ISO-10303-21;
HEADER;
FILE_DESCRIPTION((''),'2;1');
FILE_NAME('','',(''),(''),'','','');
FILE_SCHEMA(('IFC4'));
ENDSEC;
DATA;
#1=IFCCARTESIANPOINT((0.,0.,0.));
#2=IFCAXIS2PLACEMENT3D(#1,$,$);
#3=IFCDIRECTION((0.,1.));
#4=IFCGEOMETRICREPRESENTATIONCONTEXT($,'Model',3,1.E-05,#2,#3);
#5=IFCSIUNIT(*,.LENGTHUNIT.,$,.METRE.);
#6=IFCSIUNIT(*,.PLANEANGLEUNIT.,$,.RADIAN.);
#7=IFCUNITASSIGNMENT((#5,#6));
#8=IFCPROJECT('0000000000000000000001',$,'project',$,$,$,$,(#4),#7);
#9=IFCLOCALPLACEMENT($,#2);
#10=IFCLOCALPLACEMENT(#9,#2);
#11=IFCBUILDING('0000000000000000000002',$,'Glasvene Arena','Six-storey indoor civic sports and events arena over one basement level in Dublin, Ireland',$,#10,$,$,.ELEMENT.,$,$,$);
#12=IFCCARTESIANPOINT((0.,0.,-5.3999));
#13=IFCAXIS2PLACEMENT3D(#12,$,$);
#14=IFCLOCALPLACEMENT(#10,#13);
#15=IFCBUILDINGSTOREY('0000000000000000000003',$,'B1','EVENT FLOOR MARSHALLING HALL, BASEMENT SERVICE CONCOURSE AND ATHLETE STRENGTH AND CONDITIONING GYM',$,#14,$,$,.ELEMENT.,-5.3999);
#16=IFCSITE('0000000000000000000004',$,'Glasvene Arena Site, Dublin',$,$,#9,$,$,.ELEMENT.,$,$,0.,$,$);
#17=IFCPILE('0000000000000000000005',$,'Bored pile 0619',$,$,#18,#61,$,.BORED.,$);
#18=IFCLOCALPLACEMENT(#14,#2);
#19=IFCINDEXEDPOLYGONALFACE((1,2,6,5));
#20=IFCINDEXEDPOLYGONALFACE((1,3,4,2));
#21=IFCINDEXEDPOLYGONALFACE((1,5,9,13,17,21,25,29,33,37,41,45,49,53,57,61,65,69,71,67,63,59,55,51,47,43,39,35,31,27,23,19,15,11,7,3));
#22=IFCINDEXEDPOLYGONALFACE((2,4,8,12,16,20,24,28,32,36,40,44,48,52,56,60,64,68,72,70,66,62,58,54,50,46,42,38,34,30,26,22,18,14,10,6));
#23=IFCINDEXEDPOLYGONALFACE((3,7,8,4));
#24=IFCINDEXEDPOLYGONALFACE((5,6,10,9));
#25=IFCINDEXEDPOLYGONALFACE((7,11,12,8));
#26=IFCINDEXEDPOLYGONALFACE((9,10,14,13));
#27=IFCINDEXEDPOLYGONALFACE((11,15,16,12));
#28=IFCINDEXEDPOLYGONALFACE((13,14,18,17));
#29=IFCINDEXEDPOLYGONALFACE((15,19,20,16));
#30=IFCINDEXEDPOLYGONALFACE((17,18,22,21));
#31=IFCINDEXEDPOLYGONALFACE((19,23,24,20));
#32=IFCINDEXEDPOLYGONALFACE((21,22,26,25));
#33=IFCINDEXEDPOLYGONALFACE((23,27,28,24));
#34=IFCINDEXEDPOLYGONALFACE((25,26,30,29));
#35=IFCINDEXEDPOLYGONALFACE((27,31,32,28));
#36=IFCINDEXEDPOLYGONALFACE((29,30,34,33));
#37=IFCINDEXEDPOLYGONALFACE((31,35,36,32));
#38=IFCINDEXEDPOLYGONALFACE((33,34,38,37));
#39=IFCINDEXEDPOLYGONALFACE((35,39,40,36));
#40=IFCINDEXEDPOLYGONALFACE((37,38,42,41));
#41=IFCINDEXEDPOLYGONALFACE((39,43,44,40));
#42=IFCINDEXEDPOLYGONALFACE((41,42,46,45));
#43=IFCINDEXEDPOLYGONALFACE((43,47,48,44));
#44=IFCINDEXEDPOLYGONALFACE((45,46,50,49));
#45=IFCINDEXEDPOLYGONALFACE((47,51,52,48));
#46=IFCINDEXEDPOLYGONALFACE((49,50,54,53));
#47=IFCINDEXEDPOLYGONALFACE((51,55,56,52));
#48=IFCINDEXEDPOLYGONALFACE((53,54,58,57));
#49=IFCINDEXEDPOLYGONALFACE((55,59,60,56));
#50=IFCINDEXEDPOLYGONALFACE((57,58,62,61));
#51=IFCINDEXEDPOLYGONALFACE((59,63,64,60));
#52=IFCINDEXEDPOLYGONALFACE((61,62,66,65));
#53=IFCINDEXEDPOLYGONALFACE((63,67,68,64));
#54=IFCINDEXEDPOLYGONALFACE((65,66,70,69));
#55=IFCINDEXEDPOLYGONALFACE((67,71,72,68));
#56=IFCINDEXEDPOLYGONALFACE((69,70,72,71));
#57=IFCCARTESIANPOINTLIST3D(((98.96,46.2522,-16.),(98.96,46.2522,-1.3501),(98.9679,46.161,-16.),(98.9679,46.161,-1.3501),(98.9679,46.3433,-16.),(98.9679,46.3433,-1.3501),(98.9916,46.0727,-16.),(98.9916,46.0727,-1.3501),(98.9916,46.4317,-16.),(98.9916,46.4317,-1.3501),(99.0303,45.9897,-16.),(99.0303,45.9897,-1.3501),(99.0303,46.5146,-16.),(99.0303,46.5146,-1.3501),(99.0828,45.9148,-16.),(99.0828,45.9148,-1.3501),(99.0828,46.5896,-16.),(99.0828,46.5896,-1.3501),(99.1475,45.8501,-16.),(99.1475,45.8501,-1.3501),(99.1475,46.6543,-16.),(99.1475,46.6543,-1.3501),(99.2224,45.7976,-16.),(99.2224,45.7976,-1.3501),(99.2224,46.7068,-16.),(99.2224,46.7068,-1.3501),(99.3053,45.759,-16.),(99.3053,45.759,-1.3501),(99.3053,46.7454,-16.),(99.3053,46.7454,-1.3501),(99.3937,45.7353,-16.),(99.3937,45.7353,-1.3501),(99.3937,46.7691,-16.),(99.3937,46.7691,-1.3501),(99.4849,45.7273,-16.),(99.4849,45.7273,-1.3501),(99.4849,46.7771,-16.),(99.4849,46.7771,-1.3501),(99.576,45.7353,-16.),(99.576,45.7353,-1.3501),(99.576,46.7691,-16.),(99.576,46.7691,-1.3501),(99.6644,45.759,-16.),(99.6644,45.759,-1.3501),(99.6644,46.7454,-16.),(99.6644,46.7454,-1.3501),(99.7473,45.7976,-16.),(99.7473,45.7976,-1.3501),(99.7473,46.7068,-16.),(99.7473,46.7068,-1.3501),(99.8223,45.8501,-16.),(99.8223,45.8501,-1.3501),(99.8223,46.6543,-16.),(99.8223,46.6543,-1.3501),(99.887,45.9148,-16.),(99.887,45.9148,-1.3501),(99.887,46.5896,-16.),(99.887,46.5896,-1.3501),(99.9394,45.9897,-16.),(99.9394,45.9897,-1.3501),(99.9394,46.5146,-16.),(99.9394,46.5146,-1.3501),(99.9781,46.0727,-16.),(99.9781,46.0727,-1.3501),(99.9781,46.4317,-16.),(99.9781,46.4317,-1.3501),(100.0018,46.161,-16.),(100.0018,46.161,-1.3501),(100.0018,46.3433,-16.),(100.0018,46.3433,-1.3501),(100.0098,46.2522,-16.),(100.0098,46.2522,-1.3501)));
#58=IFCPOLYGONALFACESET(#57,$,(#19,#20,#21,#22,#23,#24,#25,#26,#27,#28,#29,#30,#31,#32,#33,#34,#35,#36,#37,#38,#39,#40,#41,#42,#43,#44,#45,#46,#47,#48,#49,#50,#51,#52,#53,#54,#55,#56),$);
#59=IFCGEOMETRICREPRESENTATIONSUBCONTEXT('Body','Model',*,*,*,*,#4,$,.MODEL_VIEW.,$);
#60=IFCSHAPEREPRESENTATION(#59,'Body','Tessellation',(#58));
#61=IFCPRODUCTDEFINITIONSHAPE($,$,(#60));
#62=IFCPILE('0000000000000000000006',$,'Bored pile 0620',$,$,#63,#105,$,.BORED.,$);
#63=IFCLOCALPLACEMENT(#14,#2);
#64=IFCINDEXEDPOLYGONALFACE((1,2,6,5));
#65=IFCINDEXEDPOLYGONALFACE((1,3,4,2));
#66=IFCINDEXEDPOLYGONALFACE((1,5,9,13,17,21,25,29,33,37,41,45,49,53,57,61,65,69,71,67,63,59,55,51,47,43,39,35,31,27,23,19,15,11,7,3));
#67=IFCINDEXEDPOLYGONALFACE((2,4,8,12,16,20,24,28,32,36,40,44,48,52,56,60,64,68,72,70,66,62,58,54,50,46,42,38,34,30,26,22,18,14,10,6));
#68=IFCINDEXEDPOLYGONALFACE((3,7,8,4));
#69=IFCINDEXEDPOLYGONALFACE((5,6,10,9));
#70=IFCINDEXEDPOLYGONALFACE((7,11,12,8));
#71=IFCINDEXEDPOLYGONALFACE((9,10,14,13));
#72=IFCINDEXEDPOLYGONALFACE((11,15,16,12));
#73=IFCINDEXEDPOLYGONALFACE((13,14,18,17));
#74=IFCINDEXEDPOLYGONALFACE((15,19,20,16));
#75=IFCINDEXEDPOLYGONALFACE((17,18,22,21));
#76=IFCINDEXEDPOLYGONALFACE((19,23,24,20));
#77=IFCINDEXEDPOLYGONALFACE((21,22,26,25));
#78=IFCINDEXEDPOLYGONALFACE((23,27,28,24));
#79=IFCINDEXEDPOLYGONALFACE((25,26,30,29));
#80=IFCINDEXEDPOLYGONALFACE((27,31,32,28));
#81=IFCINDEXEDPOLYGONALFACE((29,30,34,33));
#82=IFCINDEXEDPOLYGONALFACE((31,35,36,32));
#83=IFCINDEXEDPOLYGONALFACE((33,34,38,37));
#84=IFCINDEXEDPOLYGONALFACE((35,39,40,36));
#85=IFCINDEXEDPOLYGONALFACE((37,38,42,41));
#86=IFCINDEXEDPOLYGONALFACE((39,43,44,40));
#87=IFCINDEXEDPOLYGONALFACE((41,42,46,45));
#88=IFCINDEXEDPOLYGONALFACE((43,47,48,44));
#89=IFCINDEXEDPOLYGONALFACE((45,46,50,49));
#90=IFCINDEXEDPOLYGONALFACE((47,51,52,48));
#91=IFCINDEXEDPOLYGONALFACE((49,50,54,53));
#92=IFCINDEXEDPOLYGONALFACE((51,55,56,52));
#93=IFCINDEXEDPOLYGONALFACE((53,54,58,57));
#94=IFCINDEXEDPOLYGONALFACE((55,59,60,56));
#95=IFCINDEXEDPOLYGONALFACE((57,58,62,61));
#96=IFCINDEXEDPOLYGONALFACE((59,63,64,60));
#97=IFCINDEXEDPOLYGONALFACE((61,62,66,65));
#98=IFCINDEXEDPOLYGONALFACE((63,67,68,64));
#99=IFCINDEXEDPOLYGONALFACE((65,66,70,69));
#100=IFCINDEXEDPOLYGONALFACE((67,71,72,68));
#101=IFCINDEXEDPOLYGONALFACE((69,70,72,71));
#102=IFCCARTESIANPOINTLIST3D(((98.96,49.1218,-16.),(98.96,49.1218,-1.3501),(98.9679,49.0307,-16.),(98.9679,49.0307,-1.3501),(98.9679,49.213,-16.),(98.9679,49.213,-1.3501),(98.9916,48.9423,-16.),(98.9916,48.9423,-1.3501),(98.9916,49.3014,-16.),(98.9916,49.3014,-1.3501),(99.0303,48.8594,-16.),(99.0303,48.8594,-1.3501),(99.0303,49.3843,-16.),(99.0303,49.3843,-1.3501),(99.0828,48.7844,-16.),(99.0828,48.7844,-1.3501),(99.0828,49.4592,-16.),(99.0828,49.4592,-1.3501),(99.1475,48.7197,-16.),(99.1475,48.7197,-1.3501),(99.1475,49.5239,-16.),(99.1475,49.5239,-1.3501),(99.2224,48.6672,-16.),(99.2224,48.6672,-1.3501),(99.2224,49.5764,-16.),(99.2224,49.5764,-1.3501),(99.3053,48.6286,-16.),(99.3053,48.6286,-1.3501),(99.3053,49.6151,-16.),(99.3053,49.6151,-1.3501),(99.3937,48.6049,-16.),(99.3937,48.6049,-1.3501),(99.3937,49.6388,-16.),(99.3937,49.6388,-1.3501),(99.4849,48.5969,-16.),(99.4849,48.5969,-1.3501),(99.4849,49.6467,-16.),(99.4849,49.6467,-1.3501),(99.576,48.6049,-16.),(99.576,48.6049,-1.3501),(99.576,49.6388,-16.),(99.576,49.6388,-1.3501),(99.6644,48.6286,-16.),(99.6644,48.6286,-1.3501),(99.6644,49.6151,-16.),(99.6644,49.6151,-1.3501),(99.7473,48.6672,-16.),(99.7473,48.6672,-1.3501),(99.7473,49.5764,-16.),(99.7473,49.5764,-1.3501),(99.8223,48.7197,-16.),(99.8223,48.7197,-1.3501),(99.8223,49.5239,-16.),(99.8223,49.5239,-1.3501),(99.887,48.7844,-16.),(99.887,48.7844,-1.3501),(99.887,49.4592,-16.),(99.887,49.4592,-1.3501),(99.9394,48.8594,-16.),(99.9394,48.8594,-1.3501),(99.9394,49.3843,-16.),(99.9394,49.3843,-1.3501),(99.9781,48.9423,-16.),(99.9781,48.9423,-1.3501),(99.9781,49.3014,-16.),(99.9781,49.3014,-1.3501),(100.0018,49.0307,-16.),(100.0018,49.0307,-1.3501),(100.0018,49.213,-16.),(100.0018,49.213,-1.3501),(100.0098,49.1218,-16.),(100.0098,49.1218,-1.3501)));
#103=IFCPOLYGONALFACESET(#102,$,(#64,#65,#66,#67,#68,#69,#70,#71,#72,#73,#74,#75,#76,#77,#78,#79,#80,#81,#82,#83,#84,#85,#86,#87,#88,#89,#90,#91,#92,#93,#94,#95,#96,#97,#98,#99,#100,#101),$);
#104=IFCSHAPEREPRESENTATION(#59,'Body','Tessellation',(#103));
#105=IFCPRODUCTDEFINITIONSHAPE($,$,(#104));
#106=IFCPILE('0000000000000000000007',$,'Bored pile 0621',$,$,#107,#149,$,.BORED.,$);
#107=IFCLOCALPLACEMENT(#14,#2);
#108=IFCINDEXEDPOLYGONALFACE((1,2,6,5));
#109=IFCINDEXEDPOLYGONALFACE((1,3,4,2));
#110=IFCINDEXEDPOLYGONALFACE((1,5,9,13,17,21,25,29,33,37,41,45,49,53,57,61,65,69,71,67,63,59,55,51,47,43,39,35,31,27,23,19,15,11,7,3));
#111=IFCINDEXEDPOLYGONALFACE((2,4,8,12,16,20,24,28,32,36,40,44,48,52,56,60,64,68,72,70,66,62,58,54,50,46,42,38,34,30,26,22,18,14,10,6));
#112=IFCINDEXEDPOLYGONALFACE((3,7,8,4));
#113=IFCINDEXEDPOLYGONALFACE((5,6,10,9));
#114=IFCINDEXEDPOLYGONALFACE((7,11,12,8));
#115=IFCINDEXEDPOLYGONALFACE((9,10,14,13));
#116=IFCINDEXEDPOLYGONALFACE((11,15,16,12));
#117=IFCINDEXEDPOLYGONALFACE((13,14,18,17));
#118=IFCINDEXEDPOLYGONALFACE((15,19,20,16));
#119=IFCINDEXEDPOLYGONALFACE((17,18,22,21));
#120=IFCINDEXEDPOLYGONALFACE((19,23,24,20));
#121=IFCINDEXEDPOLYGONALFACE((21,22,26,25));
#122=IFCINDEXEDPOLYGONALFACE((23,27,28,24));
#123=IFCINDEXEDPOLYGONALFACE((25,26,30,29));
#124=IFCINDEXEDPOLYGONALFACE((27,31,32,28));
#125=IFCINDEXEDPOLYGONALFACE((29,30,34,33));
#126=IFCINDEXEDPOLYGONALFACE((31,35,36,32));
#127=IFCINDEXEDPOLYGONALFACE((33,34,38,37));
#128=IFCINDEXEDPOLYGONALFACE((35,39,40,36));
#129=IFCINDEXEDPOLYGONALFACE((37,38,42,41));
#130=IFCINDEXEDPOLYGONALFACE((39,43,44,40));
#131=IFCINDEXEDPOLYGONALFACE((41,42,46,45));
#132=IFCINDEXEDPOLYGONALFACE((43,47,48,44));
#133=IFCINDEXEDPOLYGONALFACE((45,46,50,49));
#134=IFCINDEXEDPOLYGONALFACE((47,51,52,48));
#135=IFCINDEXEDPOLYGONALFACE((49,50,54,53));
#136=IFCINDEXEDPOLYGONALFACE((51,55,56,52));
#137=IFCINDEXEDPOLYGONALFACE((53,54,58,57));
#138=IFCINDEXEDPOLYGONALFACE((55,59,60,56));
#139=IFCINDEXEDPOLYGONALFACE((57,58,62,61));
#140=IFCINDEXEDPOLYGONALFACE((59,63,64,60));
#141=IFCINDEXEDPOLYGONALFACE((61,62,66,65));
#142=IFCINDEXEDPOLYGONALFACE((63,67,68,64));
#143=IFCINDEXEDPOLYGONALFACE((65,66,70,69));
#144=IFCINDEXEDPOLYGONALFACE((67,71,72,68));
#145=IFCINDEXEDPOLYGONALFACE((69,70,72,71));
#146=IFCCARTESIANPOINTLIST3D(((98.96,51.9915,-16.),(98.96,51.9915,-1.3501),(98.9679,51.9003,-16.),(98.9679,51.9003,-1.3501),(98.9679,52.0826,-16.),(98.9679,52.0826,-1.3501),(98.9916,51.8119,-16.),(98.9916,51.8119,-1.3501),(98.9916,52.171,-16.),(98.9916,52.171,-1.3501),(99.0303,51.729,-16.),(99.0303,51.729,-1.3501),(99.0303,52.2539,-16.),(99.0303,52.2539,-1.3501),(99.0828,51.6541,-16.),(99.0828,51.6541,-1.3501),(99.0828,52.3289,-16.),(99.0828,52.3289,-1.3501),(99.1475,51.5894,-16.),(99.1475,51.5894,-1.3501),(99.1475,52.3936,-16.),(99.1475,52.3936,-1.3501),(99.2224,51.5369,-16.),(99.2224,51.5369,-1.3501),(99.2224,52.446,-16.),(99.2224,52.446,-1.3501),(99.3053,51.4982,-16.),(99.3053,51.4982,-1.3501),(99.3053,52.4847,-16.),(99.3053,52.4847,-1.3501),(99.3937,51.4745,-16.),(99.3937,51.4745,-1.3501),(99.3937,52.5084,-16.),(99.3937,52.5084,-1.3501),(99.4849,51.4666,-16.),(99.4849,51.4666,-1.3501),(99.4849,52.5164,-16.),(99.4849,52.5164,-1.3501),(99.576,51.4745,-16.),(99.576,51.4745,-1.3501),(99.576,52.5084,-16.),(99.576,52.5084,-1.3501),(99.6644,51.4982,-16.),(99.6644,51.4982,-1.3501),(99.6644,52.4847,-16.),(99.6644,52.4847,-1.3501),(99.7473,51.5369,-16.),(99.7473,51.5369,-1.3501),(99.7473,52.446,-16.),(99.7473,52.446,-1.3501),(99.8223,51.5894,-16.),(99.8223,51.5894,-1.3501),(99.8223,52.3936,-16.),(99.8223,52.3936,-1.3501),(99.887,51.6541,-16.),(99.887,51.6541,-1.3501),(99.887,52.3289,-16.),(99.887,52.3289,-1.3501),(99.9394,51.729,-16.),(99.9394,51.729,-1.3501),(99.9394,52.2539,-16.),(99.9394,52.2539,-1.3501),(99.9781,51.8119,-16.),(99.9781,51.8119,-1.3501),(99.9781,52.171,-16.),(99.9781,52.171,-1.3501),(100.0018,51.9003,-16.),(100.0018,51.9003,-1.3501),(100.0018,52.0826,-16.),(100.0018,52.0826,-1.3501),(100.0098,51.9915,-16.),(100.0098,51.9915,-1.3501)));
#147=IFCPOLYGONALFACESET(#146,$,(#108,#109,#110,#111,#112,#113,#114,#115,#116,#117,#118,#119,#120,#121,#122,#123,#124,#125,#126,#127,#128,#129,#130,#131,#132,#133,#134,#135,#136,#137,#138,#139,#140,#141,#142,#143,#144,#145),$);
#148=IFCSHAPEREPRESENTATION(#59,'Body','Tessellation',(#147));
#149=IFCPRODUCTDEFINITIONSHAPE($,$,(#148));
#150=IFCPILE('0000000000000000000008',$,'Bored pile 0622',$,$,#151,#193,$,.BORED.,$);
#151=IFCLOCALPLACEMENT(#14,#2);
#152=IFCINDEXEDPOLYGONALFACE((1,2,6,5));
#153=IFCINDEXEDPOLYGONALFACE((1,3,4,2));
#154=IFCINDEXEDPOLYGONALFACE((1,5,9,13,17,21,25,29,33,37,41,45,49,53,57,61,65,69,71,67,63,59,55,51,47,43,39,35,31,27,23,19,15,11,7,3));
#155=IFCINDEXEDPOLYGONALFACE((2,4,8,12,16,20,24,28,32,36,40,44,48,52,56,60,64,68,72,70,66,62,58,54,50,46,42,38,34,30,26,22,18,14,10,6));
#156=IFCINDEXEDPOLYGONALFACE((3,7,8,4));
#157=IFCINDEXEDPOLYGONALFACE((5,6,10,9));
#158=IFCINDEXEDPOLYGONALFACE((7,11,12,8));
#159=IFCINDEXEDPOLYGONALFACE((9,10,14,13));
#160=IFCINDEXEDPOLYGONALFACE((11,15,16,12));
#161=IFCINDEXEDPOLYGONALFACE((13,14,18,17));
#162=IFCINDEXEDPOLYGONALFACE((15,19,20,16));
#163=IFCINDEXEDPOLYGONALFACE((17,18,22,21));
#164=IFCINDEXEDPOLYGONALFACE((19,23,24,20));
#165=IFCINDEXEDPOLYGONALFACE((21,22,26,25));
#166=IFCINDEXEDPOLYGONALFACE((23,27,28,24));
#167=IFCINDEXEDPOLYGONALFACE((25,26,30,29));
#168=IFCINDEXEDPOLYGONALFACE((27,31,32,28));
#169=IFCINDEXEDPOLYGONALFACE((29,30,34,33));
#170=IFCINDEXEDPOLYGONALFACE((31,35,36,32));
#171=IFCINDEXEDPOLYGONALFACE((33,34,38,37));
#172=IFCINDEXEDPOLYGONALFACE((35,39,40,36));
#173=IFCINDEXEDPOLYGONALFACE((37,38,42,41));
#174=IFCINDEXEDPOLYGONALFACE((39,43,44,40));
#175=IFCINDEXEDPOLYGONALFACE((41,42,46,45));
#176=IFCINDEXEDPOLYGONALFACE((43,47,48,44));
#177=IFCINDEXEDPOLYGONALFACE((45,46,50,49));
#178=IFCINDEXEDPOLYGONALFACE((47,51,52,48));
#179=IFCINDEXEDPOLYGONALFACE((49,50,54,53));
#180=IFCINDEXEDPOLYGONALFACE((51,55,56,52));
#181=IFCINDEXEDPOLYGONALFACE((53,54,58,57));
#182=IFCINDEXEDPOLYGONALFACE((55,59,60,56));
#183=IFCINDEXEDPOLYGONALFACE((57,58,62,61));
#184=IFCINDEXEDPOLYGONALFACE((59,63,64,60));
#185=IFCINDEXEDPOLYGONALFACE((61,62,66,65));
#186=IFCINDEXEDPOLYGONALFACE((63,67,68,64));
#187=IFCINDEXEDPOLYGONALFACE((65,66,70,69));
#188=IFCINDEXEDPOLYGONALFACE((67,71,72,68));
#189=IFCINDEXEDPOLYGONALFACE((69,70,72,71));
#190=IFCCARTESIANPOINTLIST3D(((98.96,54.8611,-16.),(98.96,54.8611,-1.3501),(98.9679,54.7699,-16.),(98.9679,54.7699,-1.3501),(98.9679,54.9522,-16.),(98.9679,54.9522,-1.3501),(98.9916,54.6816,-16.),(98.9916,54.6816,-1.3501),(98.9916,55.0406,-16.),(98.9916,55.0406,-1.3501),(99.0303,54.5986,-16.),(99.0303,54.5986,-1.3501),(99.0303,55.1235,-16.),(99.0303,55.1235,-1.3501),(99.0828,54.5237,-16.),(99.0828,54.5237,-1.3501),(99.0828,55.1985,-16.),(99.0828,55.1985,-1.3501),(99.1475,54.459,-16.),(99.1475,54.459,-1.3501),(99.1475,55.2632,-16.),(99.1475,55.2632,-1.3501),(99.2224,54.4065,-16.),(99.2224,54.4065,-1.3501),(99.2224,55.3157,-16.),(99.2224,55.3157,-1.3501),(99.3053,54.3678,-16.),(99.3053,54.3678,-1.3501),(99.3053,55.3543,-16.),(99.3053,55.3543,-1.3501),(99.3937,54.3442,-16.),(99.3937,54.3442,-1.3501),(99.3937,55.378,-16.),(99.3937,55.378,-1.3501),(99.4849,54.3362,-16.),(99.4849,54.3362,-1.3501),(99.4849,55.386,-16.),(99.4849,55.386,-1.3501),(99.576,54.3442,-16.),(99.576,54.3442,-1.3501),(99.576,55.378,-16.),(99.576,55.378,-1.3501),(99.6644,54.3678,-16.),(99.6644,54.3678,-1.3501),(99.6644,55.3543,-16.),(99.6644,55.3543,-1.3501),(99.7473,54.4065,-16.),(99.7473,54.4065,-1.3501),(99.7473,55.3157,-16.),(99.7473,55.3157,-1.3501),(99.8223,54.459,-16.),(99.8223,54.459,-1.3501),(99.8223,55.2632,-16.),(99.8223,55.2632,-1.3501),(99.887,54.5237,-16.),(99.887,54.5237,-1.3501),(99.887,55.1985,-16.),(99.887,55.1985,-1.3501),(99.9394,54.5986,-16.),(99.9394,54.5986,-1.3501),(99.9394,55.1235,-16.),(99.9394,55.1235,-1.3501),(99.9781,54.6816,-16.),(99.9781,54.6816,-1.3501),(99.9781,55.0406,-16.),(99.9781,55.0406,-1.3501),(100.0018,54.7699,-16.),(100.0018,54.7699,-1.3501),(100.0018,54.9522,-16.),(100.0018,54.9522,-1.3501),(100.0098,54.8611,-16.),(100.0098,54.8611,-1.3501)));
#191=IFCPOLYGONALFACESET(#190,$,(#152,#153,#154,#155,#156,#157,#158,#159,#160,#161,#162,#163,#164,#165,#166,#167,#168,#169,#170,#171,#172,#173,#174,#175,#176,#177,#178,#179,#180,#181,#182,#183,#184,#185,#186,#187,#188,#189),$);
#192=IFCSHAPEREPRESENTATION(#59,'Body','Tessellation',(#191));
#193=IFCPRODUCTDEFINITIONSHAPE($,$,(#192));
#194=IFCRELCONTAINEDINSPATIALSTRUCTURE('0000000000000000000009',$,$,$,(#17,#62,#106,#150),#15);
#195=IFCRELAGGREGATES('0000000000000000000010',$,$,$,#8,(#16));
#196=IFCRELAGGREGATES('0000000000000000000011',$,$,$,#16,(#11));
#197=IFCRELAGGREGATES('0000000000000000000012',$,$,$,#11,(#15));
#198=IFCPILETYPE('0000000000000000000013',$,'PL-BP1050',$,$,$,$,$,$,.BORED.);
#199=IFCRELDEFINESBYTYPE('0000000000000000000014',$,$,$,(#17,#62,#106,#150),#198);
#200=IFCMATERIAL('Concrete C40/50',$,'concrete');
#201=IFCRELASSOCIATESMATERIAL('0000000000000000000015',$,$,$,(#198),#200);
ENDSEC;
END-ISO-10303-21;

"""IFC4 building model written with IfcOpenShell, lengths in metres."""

from ifc_helpers import new_model, si_unit, direction, frame, origin, origin_2d, place, context, subcontext, project, spatial, circle, extrude, material, material_profile, profile_set, type_object, element, save


model = new_model("IFC4")

# Units and contexts
model_context = context("Model", 3, precision=1e-05, world=origin(), true_north=direction((0.0, 1.0)))
body_context = subcontext(model_context, "Body", "Model", "MODEL_VIEW")
ifc_project = project(units=[si_unit("LENGTHUNIT", "METRE"), si_unit("PLANEANGLEUNIT", "RADIAN")], contexts=[model_context])

# Site, building, storey
site_placement = place(None, origin())
site = spatial("IfcSite", under=ifc_project, at=site_placement, Name="Glasvene Arena Site, Dublin", CompositionType="ELEMENT", RefElevation=0.0)
building_placement = place(site_placement, origin())
building = spatial("IfcBuilding", under=site, at=building_placement, Name="Glasvene Arena", Description="Six-storey indoor civic sports and events arena over one basement level in Dublin, Ireland", CompositionType="ELEMENT")
storey_placement = place(building_placement, frame((0.0, 0.0, -5.3999)))
storey = spatial("IfcBuildingStorey", under=building, at=storey_placement, Name="B1", Description="EVENT FLOOR MARSHALLING HALL, BASEMENT SERVICE CONCOURSE AND ATHLETE STRENGTH AND CONDITIONING GYM", CompositionType="ELEMENT", Elevation=-5.3999)

# Piles
ifc_material_1 = material(Name="Concrete C40/50", Category="concrete")
ifc_material_profile_1 = material_profile(ifc_material_1, circle(Radius=0.5249, at=origin_2d()), Name="BORED PILE 1050")
ifc_profile_set_1 = profile_set([ifc_material_profile_1], Name="Concrete C40/50")
pile_type = type_object("IfcPileType", Name="PL-BP1050", PredefinedType="BORED", material=ifc_profile_set_1)
for number, where, z_axis, x_axis, name in (
    (1, (99.4849, 46.2522, -1.3501), (0.0, 0.0, -1.0), (1.0, 0.0, 0.0), "Bored pile 0619"),
    (2, (99.4849, 49.1218, -1.3501), (0.0, 0.0, -1.0), (1.0, 0.0, 0.0), "Bored pile 0620"),
    (3, (99.4849, 51.9915, -1.3501), (0.0, 0.0, -1.0), (1.0, 0.0, 0.0), "Bored pile 0621"),
    (4, (99.4849, 54.8611, -1.3501), (0.0, 0.0, -1.0), (1.0, 0.0, 0.0), "Bored pile 0622"),
):
    element("IfcPile", number, at=place(storey_placement, frame(where, z_axis=z_axis, x_axis=x_axis)), inside=storey, type_object=pile_type, Name=name, PredefinedType="BORED", context=body_context, shape_type="SweptSolid", body=[
        extrude(circle(Radius=0.5249, at=origin_2d()), origin(), (0.0, 0.0, 1.0), 14.6499),
    ])

save(model, "model.ifc")
